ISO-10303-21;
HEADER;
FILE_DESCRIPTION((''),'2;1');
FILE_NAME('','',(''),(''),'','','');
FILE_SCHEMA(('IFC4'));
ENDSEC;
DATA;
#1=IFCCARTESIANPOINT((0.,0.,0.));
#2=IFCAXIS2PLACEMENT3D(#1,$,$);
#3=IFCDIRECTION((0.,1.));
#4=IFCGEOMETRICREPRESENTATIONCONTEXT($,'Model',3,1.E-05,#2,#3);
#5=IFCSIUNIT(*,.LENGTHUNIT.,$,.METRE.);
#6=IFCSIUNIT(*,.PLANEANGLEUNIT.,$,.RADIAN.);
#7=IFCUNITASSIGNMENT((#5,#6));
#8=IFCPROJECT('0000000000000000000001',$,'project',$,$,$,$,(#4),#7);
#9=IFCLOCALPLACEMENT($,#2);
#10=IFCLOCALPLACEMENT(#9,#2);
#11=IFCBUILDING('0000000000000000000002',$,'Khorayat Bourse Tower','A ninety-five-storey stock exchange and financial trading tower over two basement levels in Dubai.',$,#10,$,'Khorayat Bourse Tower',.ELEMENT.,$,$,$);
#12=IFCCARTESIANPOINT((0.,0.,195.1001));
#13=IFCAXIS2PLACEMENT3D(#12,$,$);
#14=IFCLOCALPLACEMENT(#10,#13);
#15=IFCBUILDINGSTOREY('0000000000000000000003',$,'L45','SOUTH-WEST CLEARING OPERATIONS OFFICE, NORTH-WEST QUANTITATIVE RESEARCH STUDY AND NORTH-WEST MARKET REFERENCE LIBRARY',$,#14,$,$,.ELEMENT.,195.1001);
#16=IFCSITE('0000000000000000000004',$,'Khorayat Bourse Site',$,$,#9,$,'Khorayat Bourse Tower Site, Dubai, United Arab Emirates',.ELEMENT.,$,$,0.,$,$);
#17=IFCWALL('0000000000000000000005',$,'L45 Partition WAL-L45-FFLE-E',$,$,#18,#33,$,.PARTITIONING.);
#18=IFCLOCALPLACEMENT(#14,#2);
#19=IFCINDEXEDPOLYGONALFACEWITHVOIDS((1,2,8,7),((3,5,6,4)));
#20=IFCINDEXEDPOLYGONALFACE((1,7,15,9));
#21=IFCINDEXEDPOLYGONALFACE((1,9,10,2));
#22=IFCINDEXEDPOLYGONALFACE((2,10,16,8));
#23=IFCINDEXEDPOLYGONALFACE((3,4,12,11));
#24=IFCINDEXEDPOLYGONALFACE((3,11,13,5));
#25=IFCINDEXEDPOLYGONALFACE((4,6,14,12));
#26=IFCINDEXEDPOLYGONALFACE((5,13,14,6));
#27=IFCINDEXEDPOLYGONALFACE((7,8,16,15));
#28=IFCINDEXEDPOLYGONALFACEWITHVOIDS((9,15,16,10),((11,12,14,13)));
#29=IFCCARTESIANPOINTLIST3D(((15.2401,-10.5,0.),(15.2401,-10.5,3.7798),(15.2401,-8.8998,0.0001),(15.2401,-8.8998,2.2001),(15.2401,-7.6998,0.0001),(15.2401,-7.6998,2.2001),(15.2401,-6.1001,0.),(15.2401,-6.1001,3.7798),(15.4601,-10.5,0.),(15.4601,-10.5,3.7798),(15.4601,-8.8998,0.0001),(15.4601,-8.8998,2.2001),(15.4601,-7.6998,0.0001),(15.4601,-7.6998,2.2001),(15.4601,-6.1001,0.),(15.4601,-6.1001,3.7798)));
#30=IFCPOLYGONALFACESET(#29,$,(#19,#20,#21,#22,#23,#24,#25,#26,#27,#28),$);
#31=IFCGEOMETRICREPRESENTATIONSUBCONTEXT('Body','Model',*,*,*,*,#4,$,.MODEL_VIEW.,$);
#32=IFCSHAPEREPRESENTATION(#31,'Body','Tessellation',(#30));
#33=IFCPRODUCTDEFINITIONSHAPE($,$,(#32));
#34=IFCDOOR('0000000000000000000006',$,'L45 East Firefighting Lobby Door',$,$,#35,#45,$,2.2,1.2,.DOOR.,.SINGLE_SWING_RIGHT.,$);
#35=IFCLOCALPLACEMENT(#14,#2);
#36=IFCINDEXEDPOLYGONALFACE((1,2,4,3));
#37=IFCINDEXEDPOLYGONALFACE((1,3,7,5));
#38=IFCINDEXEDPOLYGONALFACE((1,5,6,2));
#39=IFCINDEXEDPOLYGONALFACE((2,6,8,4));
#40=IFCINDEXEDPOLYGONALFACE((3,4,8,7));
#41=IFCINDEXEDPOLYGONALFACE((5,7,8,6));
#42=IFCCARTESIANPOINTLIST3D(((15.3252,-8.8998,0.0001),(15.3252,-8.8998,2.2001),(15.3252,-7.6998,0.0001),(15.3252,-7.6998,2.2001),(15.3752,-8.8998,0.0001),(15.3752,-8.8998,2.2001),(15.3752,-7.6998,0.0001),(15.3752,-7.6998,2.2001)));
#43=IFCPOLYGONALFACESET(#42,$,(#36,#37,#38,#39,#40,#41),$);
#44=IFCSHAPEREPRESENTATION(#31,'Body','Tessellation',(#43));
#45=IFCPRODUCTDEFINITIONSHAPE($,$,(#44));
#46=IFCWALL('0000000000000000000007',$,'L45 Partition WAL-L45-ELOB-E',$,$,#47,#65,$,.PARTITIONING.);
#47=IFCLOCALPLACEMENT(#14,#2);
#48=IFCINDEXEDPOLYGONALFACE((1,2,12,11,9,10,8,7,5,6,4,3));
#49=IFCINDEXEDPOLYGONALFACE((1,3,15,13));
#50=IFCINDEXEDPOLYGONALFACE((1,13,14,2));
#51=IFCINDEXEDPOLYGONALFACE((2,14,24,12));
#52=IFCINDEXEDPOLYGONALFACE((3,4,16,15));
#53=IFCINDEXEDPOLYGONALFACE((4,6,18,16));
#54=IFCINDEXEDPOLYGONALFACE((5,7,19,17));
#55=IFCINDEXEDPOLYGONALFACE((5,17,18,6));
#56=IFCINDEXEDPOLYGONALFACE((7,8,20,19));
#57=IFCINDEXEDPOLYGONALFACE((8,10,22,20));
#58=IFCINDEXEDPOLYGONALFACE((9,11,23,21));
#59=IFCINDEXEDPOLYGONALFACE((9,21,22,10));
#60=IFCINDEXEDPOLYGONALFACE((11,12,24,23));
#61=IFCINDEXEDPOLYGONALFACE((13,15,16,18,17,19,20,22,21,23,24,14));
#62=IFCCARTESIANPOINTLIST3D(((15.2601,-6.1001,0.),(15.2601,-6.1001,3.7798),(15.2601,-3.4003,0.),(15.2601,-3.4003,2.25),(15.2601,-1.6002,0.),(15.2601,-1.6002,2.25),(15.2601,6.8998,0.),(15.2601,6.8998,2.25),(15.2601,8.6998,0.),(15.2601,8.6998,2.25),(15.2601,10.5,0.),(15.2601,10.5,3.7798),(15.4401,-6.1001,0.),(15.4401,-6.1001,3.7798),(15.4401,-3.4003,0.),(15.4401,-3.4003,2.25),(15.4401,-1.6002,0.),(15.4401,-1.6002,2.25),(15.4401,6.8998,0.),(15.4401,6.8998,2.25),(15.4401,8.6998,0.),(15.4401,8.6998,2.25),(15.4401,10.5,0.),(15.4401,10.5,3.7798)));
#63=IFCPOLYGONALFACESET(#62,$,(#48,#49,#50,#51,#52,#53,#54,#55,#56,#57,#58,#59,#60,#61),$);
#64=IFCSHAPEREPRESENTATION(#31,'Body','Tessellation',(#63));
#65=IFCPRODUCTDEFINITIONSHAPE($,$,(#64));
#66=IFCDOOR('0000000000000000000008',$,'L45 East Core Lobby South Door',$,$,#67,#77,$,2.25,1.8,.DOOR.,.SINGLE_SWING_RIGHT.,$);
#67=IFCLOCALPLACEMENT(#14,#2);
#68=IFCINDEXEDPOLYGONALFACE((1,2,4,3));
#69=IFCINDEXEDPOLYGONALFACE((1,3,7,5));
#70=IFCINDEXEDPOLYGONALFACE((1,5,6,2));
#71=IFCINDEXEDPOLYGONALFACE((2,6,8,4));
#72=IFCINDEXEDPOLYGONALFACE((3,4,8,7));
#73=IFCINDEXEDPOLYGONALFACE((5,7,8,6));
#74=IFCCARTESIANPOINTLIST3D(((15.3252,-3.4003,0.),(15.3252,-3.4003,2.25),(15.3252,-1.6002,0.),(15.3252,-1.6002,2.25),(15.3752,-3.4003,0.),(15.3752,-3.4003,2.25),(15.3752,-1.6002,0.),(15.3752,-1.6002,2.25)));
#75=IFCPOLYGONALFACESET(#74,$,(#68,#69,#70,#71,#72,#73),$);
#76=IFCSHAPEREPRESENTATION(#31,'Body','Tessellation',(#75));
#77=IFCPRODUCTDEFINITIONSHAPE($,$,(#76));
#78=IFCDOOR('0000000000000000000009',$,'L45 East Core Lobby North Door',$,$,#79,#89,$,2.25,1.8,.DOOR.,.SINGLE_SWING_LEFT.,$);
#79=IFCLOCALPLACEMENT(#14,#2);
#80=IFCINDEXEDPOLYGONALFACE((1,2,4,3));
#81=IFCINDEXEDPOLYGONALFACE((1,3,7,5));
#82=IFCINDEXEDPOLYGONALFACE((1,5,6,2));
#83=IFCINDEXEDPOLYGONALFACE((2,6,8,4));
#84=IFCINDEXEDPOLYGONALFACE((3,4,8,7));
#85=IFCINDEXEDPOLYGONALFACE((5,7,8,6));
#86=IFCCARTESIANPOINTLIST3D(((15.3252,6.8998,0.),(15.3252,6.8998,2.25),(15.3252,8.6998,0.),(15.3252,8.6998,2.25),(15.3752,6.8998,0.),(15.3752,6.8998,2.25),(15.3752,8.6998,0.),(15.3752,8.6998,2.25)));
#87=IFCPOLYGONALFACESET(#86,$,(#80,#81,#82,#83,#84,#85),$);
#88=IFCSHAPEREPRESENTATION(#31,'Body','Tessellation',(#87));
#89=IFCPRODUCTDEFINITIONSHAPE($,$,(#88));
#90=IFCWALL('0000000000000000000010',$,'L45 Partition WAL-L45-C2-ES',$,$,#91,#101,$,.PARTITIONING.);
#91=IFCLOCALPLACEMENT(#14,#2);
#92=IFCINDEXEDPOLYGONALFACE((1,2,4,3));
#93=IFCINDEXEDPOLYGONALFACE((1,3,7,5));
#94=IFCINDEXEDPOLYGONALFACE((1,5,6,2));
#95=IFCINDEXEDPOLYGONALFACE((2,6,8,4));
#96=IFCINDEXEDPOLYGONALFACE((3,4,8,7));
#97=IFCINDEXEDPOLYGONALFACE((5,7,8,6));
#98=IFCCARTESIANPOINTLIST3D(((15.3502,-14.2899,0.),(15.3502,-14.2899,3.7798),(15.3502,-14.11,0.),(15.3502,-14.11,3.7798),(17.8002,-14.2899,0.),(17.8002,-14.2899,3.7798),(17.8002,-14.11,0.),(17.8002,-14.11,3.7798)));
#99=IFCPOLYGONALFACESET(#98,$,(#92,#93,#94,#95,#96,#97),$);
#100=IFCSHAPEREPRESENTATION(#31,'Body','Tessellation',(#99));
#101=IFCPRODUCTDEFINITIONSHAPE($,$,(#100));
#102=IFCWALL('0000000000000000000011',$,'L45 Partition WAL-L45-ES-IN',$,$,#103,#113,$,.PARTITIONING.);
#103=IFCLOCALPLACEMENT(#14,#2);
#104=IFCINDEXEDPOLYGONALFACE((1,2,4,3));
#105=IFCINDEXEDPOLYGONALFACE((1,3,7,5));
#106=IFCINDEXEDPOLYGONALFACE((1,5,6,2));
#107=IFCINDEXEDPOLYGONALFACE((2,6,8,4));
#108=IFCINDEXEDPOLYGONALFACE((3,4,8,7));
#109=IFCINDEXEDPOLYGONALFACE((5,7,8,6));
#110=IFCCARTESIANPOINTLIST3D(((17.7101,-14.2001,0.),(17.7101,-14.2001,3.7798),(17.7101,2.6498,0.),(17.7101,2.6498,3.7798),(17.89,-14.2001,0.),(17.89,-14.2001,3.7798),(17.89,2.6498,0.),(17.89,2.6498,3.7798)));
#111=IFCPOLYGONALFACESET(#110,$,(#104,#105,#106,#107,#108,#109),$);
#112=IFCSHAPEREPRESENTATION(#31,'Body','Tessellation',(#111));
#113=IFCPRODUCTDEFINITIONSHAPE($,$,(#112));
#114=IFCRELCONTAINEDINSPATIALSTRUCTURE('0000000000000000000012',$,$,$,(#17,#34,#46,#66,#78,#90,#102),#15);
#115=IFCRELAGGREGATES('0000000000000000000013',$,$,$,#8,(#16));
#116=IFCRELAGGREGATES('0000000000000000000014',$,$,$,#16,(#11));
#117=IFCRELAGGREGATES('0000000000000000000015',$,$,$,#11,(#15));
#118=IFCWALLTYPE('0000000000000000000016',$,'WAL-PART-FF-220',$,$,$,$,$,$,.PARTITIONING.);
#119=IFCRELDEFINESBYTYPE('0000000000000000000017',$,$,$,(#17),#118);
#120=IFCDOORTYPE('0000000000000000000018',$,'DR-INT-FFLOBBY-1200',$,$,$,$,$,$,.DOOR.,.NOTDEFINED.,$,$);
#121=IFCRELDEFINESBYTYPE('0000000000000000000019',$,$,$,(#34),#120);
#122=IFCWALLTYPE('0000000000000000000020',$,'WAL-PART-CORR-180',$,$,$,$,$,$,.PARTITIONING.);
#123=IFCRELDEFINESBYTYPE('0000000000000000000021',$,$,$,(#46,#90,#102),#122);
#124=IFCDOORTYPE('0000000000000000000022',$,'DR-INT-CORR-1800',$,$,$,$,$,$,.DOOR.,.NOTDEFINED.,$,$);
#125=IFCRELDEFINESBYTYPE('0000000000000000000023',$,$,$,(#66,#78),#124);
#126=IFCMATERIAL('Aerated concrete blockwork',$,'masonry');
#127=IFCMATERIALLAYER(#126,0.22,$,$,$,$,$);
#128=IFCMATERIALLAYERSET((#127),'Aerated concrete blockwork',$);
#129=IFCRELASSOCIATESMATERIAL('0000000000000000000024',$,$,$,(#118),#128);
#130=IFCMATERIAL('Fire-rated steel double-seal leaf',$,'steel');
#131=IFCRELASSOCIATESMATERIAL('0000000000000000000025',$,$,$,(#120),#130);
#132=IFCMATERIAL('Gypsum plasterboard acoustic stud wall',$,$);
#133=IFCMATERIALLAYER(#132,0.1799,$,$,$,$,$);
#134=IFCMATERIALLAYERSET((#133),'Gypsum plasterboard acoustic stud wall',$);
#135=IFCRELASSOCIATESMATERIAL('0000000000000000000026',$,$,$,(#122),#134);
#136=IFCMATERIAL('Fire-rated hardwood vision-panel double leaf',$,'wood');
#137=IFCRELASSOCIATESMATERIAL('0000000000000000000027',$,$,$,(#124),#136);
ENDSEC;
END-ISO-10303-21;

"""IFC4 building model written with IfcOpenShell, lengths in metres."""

from ifc_helpers import new_model, si_unit, direction, frame, frame_2d, origin, place, context, subcontext, project, spatial, rectangle, extrude, source, transform, mapped, material, layer, layer_set, type_object, element, fill, save


model = new_model("IFC4")

# Units and contexts
model_context = context("Model", 3, precision=1e-05, world=origin(), true_north=direction((0.0, 1.0)))
body_context = subcontext(model_context, "Body", "Model", "MODEL_VIEW")
ifc_project = project(units=[si_unit("LENGTHUNIT", "METRE"), si_unit("PLANEANGLEUNIT", "RADIAN")], contexts=[model_context])

# Site, building, storey
site_placement = place(None, origin())
site = spatial("IfcSite", under=ifc_project, at=site_placement, Name="Khorayat Bourse Site", LongName="Khorayat Bourse Tower Site, Dubai, United Arab Emirates", CompositionType="ELEMENT", RefElevation=0.0)
building_placement = place(site_placement, origin())
building = spatial("IfcBuilding", under=site, at=building_placement, Name="Khorayat Bourse Tower", Description="A ninety-five-storey stock exchange and financial trading tower over two basement levels in Dubai.", LongName="Khorayat Bourse Tower", CompositionType="ELEMENT")
storey_placement = place(building_placement, frame((0.0, 0.0, 195.1001)))
storey = spatial("IfcBuildingStorey", under=building, at=storey_placement, Name="L45", Description="SOUTH-WEST CLEARING OPERATIONS OFFICE, NORTH-WEST QUANTITATIVE RESEARCH STUDY AND NORTH-WEST MARKET REFERENCE LIBRARY", CompositionType="ELEMENT", Elevation=195.1001)

# Shared definitions
ifc_material_1 = material(Name="Aerated concrete blockwork", Category="masonry")
ifc_layer_1 = layer(ifc_material_1, 0.22)
ifc_layer_set_1 = layer_set([ifc_layer_1], Name="Aerated concrete blockwork")
wall_type_1 = type_object("IfcWallType", Name="WAL-PART-FF-220", PredefinedType="PARTITIONING", material=ifc_layer_set_1)

# Wall, opening, door
shared_shape_1 = source(origin(), body_context, "Body", "SweptSolid", [
    extrude(rectangle(XDim=4.3999, YDim=0.22, at=frame_2d((2.2, 0.0))), origin(), (0.0, 0.0, 1.0), 3.7798),
])
wall_1_placement = place(storey_placement, frame((15.3501, -10.5, 0.0), z_axis=(0.0, 0.0, 1.0), x_axis=(0.0, 1.0, 0.0)))
wall_1 = element("IfcWall", 1, at=wall_1_placement, inside=storey, type_object=wall_type_1, Name="L45 Partition WAL-L45-FFLE-E", PredefinedType="PARTITIONING", context=body_context, shape_type="MappedRepresentation", body=[
    mapped(shared_shape_1, transform((0.0, 0.0, 0.0), scale=1.0)),
])
shared_shape_2 = source(origin(), body_context, "Body", "SweptSolid", [
    extrude(rectangle(XDim=1.2, YDim=2.2, at=frame_2d((0.6001, 1.1001))), frame((0.0, 0.1199, 0.0), z_axis=(0.0, -1.0, 0.0), x_axis=(1.0, 0.0, 0.0)), (0.0, 0.0, 1.0), 0.24),
])
opening_1_placement = place(wall_1_placement, frame((1.6001, 0.0, 0.0)))
opening_1 = element("IfcOpeningElement", 2, at=opening_1_placement, cuts=wall_1, PredefinedType="OPENING", context=body_context, shape_type="MappedRepresentation", body=[
    mapped(shared_shape_2, transform((0.0, 0.0, 0.0), scale=1.0)),
])
ifc_material_2 = material(Name="Fire-rated steel double-seal leaf", Category="steel")
door_type_1 = type_object("IfcDoorType", Name="DR-INT-FFLOBBY-1200", OperationType="NOTDEFINED", PredefinedType="DOOR", material=ifc_material_2)
shared_shape_3 = source(origin(), body_context, "Body", "SweptSolid", [
    extrude(rectangle(XDim=1.2, YDim=2.2, at=frame_2d((0.6001, 1.1001))), frame((0.0, 0.0249, 0.0), z_axis=(0.0, -1.0, 0.0), x_axis=(1.0, 0.0, 0.0)), (0.0, 0.0, 1.0), 0.05),
])
door_1_placement = place(opening_1_placement, origin())
door_1 = element("IfcDoor", 3, at=door_1_placement, inside=storey, type_object=door_type_1, Name="L45 East Firefighting Lobby Door", OperationType="SINGLE_SWING_RIGHT", OverallHeight=2.2, OverallWidth=1.2, PredefinedType="DOOR", context=body_context, shape_type="MappedRepresentation", body=[
    mapped(shared_shape_3, transform((0.0, 0.0, 0.0), scale=1.0)),
])
fill(opening_1, door_1)

# Wall, openings, doors
ifc_material_3 = material(Name="Gypsum plasterboard acoustic stud wall")
ifc_layer_2 = layer(ifc_material_3, 0.1799)
ifc_layer_set_2 = layer_set([ifc_layer_2], Name="Gypsum plasterboard acoustic stud wall")
wall_type_2 = type_object("IfcWallType", Name="WAL-PART-CORR-180", PredefinedType="PARTITIONING", material=ifc_layer_set_2)
shared_shape_4 = source(origin(), body_context, "Body", "SweptSolid", [
    extrude(rectangle(XDim=16.6001, YDim=0.1799, at=frame_2d((8.3, 0.0))), origin(), (0.0, 0.0, 1.0), 3.7798),
])
wall_2_placement = place(storey_placement, frame((15.3501, -6.1001, 0.0), z_axis=(0.0, 0.0, 1.0), x_axis=(0.0, 1.0, 0.0)))
wall_2 = element("IfcWall", 4, at=wall_2_placement, inside=storey, type_object=wall_type_2, Name="L45 Partition WAL-L45-ELOB-E", PredefinedType="PARTITIONING", context=body_context, shape_type="MappedRepresentation", body=[
    mapped(shared_shape_4, transform((0.0, 0.0, 0.0), scale=1.0)),
])
shared_shape_5 = source(origin(), body_context, "Body", "SweptSolid", [
    extrude(rectangle(XDim=1.8, YDim=2.25, at=frame_2d((0.8999, 1.125))), frame((0.0, 0.0999, 0.0), z_axis=(0.0, -1.0, 0.0), x_axis=(1.0, 0.0, 0.0)), (0.0, 0.0, 1.0), 0.2),
])
opening_2_placement = place(wall_2_placement, frame((2.7, 0.0, 0.0)))
opening_2 = element("IfcOpeningElement", 5, at=opening_2_placement, cuts=wall_2, PredefinedType="OPENING", context=body_context, shape_type="MappedRepresentation", body=[
    mapped(shared_shape_5, transform((0.0, 0.0, 0.0), scale=1.0)),
])
opening_3_placement = place(wall_2_placement, frame((13.0, 0.0, 0.0)))
opening_3 = element("IfcOpeningElement", 6, at=opening_3_placement, cuts=wall_2, PredefinedType="OPENING", context=body_context, shape_type="MappedRepresentation", body=[
    mapped(shared_shape_5, transform((0.0, 0.0, 0.0), scale=1.0)),
])
ifc_material_4 = material(Name="Fire-rated hardwood vision-panel double leaf", Category="wood")
door_type_2 = type_object("IfcDoorType", Name="DR-INT-CORR-1800", OperationType="NOTDEFINED", PredefinedType="DOOR", material=ifc_material_4)
shared_shape_6 = source(origin(), body_context, "Body", "SweptSolid", [
    extrude(rectangle(XDim=1.8, YDim=2.25, at=frame_2d((0.8999, 1.125))), frame((0.0, 0.0249, 0.0), z_axis=(0.0, -1.0, 0.0), x_axis=(1.0, 0.0, 0.0)), (0.0, 0.0, 1.0), 0.05),
])
door_2_placement = place(opening_2_placement, origin())
door_2 = element("IfcDoor", 7, at=door_2_placement, inside=storey, type_object=door_type_2, Name="L45 East Core Lobby South Door", OperationType="SINGLE_SWING_RIGHT", OverallHeight=2.25, OverallWidth=1.8, PredefinedType="DOOR", context=body_context, shape_type="MappedRepresentation", body=[
    mapped(shared_shape_6, transform((0.0, 0.0, 0.0), scale=1.0)),
])
fill(opening_2, door_2)
door_3_placement = place(opening_3_placement, origin())
door_3 = element("IfcDoor", 8, at=door_3_placement, inside=storey, type_object=door_type_2, Name="L45 East Core Lobby North Door", OperationType="SINGLE_SWING_LEFT", OverallHeight=2.25, OverallWidth=1.8, PredefinedType="DOOR", context=body_context, shape_type="MappedRepresentation", body=[
    mapped(shared_shape_6, transform((0.0, 0.0, 0.0), scale=1.0)),
])
fill(opening_3, door_3)

# Walls
shared_shape_7 = source(origin(), body_context, "Body", "SweptSolid", [
    extrude(rectangle(XDim=2.45, YDim=0.1799, at=frame_2d((1.2251, 0.0))), origin(), (0.0, 0.0, 1.0), 3.7798),
])
wall_3_placement = place(storey_placement, frame((15.3501, -14.2, 0.0), z_axis=(0.0, 0.0, 1.0), x_axis=(1.0, 0.0, 0.0)))
element("IfcWall", 9, at=wall_3_placement, inside=storey, type_object=wall_type_2, Name="L45 Partition WAL-L45-C2-ES", PredefinedType="PARTITIONING", context=body_context, shape_type="MappedRepresentation", body=[
    mapped(shared_shape_7, transform((0.0, 0.0, 0.0), scale=1.0)),
])
shared_shape_8 = source(origin(), body_context, "Body", "SweptSolid", [
    extrude(rectangle(XDim=16.8499, YDim=0.1799, at=frame_2d((8.4248, 0.0))), origin(), (0.0, 0.0, 1.0), 3.7798),
])
wall_4_placement = place(storey_placement, frame((17.8, -14.2, 0.0), z_axis=(0.0, 0.0, 1.0), x_axis=(0.0, 1.0, 0.0)))
element("IfcWall", 10, at=wall_4_placement, inside=storey, type_object=wall_type_2, Name="L45 Partition WAL-L45-ES-IN", PredefinedType="PARTITIONING", context=body_context, shape_type="MappedRepresentation", body=[
    mapped(shared_shape_8, transform((0.0, 0.0, 0.0), scale=1.0)),
])

save(model, "model.ifc")
